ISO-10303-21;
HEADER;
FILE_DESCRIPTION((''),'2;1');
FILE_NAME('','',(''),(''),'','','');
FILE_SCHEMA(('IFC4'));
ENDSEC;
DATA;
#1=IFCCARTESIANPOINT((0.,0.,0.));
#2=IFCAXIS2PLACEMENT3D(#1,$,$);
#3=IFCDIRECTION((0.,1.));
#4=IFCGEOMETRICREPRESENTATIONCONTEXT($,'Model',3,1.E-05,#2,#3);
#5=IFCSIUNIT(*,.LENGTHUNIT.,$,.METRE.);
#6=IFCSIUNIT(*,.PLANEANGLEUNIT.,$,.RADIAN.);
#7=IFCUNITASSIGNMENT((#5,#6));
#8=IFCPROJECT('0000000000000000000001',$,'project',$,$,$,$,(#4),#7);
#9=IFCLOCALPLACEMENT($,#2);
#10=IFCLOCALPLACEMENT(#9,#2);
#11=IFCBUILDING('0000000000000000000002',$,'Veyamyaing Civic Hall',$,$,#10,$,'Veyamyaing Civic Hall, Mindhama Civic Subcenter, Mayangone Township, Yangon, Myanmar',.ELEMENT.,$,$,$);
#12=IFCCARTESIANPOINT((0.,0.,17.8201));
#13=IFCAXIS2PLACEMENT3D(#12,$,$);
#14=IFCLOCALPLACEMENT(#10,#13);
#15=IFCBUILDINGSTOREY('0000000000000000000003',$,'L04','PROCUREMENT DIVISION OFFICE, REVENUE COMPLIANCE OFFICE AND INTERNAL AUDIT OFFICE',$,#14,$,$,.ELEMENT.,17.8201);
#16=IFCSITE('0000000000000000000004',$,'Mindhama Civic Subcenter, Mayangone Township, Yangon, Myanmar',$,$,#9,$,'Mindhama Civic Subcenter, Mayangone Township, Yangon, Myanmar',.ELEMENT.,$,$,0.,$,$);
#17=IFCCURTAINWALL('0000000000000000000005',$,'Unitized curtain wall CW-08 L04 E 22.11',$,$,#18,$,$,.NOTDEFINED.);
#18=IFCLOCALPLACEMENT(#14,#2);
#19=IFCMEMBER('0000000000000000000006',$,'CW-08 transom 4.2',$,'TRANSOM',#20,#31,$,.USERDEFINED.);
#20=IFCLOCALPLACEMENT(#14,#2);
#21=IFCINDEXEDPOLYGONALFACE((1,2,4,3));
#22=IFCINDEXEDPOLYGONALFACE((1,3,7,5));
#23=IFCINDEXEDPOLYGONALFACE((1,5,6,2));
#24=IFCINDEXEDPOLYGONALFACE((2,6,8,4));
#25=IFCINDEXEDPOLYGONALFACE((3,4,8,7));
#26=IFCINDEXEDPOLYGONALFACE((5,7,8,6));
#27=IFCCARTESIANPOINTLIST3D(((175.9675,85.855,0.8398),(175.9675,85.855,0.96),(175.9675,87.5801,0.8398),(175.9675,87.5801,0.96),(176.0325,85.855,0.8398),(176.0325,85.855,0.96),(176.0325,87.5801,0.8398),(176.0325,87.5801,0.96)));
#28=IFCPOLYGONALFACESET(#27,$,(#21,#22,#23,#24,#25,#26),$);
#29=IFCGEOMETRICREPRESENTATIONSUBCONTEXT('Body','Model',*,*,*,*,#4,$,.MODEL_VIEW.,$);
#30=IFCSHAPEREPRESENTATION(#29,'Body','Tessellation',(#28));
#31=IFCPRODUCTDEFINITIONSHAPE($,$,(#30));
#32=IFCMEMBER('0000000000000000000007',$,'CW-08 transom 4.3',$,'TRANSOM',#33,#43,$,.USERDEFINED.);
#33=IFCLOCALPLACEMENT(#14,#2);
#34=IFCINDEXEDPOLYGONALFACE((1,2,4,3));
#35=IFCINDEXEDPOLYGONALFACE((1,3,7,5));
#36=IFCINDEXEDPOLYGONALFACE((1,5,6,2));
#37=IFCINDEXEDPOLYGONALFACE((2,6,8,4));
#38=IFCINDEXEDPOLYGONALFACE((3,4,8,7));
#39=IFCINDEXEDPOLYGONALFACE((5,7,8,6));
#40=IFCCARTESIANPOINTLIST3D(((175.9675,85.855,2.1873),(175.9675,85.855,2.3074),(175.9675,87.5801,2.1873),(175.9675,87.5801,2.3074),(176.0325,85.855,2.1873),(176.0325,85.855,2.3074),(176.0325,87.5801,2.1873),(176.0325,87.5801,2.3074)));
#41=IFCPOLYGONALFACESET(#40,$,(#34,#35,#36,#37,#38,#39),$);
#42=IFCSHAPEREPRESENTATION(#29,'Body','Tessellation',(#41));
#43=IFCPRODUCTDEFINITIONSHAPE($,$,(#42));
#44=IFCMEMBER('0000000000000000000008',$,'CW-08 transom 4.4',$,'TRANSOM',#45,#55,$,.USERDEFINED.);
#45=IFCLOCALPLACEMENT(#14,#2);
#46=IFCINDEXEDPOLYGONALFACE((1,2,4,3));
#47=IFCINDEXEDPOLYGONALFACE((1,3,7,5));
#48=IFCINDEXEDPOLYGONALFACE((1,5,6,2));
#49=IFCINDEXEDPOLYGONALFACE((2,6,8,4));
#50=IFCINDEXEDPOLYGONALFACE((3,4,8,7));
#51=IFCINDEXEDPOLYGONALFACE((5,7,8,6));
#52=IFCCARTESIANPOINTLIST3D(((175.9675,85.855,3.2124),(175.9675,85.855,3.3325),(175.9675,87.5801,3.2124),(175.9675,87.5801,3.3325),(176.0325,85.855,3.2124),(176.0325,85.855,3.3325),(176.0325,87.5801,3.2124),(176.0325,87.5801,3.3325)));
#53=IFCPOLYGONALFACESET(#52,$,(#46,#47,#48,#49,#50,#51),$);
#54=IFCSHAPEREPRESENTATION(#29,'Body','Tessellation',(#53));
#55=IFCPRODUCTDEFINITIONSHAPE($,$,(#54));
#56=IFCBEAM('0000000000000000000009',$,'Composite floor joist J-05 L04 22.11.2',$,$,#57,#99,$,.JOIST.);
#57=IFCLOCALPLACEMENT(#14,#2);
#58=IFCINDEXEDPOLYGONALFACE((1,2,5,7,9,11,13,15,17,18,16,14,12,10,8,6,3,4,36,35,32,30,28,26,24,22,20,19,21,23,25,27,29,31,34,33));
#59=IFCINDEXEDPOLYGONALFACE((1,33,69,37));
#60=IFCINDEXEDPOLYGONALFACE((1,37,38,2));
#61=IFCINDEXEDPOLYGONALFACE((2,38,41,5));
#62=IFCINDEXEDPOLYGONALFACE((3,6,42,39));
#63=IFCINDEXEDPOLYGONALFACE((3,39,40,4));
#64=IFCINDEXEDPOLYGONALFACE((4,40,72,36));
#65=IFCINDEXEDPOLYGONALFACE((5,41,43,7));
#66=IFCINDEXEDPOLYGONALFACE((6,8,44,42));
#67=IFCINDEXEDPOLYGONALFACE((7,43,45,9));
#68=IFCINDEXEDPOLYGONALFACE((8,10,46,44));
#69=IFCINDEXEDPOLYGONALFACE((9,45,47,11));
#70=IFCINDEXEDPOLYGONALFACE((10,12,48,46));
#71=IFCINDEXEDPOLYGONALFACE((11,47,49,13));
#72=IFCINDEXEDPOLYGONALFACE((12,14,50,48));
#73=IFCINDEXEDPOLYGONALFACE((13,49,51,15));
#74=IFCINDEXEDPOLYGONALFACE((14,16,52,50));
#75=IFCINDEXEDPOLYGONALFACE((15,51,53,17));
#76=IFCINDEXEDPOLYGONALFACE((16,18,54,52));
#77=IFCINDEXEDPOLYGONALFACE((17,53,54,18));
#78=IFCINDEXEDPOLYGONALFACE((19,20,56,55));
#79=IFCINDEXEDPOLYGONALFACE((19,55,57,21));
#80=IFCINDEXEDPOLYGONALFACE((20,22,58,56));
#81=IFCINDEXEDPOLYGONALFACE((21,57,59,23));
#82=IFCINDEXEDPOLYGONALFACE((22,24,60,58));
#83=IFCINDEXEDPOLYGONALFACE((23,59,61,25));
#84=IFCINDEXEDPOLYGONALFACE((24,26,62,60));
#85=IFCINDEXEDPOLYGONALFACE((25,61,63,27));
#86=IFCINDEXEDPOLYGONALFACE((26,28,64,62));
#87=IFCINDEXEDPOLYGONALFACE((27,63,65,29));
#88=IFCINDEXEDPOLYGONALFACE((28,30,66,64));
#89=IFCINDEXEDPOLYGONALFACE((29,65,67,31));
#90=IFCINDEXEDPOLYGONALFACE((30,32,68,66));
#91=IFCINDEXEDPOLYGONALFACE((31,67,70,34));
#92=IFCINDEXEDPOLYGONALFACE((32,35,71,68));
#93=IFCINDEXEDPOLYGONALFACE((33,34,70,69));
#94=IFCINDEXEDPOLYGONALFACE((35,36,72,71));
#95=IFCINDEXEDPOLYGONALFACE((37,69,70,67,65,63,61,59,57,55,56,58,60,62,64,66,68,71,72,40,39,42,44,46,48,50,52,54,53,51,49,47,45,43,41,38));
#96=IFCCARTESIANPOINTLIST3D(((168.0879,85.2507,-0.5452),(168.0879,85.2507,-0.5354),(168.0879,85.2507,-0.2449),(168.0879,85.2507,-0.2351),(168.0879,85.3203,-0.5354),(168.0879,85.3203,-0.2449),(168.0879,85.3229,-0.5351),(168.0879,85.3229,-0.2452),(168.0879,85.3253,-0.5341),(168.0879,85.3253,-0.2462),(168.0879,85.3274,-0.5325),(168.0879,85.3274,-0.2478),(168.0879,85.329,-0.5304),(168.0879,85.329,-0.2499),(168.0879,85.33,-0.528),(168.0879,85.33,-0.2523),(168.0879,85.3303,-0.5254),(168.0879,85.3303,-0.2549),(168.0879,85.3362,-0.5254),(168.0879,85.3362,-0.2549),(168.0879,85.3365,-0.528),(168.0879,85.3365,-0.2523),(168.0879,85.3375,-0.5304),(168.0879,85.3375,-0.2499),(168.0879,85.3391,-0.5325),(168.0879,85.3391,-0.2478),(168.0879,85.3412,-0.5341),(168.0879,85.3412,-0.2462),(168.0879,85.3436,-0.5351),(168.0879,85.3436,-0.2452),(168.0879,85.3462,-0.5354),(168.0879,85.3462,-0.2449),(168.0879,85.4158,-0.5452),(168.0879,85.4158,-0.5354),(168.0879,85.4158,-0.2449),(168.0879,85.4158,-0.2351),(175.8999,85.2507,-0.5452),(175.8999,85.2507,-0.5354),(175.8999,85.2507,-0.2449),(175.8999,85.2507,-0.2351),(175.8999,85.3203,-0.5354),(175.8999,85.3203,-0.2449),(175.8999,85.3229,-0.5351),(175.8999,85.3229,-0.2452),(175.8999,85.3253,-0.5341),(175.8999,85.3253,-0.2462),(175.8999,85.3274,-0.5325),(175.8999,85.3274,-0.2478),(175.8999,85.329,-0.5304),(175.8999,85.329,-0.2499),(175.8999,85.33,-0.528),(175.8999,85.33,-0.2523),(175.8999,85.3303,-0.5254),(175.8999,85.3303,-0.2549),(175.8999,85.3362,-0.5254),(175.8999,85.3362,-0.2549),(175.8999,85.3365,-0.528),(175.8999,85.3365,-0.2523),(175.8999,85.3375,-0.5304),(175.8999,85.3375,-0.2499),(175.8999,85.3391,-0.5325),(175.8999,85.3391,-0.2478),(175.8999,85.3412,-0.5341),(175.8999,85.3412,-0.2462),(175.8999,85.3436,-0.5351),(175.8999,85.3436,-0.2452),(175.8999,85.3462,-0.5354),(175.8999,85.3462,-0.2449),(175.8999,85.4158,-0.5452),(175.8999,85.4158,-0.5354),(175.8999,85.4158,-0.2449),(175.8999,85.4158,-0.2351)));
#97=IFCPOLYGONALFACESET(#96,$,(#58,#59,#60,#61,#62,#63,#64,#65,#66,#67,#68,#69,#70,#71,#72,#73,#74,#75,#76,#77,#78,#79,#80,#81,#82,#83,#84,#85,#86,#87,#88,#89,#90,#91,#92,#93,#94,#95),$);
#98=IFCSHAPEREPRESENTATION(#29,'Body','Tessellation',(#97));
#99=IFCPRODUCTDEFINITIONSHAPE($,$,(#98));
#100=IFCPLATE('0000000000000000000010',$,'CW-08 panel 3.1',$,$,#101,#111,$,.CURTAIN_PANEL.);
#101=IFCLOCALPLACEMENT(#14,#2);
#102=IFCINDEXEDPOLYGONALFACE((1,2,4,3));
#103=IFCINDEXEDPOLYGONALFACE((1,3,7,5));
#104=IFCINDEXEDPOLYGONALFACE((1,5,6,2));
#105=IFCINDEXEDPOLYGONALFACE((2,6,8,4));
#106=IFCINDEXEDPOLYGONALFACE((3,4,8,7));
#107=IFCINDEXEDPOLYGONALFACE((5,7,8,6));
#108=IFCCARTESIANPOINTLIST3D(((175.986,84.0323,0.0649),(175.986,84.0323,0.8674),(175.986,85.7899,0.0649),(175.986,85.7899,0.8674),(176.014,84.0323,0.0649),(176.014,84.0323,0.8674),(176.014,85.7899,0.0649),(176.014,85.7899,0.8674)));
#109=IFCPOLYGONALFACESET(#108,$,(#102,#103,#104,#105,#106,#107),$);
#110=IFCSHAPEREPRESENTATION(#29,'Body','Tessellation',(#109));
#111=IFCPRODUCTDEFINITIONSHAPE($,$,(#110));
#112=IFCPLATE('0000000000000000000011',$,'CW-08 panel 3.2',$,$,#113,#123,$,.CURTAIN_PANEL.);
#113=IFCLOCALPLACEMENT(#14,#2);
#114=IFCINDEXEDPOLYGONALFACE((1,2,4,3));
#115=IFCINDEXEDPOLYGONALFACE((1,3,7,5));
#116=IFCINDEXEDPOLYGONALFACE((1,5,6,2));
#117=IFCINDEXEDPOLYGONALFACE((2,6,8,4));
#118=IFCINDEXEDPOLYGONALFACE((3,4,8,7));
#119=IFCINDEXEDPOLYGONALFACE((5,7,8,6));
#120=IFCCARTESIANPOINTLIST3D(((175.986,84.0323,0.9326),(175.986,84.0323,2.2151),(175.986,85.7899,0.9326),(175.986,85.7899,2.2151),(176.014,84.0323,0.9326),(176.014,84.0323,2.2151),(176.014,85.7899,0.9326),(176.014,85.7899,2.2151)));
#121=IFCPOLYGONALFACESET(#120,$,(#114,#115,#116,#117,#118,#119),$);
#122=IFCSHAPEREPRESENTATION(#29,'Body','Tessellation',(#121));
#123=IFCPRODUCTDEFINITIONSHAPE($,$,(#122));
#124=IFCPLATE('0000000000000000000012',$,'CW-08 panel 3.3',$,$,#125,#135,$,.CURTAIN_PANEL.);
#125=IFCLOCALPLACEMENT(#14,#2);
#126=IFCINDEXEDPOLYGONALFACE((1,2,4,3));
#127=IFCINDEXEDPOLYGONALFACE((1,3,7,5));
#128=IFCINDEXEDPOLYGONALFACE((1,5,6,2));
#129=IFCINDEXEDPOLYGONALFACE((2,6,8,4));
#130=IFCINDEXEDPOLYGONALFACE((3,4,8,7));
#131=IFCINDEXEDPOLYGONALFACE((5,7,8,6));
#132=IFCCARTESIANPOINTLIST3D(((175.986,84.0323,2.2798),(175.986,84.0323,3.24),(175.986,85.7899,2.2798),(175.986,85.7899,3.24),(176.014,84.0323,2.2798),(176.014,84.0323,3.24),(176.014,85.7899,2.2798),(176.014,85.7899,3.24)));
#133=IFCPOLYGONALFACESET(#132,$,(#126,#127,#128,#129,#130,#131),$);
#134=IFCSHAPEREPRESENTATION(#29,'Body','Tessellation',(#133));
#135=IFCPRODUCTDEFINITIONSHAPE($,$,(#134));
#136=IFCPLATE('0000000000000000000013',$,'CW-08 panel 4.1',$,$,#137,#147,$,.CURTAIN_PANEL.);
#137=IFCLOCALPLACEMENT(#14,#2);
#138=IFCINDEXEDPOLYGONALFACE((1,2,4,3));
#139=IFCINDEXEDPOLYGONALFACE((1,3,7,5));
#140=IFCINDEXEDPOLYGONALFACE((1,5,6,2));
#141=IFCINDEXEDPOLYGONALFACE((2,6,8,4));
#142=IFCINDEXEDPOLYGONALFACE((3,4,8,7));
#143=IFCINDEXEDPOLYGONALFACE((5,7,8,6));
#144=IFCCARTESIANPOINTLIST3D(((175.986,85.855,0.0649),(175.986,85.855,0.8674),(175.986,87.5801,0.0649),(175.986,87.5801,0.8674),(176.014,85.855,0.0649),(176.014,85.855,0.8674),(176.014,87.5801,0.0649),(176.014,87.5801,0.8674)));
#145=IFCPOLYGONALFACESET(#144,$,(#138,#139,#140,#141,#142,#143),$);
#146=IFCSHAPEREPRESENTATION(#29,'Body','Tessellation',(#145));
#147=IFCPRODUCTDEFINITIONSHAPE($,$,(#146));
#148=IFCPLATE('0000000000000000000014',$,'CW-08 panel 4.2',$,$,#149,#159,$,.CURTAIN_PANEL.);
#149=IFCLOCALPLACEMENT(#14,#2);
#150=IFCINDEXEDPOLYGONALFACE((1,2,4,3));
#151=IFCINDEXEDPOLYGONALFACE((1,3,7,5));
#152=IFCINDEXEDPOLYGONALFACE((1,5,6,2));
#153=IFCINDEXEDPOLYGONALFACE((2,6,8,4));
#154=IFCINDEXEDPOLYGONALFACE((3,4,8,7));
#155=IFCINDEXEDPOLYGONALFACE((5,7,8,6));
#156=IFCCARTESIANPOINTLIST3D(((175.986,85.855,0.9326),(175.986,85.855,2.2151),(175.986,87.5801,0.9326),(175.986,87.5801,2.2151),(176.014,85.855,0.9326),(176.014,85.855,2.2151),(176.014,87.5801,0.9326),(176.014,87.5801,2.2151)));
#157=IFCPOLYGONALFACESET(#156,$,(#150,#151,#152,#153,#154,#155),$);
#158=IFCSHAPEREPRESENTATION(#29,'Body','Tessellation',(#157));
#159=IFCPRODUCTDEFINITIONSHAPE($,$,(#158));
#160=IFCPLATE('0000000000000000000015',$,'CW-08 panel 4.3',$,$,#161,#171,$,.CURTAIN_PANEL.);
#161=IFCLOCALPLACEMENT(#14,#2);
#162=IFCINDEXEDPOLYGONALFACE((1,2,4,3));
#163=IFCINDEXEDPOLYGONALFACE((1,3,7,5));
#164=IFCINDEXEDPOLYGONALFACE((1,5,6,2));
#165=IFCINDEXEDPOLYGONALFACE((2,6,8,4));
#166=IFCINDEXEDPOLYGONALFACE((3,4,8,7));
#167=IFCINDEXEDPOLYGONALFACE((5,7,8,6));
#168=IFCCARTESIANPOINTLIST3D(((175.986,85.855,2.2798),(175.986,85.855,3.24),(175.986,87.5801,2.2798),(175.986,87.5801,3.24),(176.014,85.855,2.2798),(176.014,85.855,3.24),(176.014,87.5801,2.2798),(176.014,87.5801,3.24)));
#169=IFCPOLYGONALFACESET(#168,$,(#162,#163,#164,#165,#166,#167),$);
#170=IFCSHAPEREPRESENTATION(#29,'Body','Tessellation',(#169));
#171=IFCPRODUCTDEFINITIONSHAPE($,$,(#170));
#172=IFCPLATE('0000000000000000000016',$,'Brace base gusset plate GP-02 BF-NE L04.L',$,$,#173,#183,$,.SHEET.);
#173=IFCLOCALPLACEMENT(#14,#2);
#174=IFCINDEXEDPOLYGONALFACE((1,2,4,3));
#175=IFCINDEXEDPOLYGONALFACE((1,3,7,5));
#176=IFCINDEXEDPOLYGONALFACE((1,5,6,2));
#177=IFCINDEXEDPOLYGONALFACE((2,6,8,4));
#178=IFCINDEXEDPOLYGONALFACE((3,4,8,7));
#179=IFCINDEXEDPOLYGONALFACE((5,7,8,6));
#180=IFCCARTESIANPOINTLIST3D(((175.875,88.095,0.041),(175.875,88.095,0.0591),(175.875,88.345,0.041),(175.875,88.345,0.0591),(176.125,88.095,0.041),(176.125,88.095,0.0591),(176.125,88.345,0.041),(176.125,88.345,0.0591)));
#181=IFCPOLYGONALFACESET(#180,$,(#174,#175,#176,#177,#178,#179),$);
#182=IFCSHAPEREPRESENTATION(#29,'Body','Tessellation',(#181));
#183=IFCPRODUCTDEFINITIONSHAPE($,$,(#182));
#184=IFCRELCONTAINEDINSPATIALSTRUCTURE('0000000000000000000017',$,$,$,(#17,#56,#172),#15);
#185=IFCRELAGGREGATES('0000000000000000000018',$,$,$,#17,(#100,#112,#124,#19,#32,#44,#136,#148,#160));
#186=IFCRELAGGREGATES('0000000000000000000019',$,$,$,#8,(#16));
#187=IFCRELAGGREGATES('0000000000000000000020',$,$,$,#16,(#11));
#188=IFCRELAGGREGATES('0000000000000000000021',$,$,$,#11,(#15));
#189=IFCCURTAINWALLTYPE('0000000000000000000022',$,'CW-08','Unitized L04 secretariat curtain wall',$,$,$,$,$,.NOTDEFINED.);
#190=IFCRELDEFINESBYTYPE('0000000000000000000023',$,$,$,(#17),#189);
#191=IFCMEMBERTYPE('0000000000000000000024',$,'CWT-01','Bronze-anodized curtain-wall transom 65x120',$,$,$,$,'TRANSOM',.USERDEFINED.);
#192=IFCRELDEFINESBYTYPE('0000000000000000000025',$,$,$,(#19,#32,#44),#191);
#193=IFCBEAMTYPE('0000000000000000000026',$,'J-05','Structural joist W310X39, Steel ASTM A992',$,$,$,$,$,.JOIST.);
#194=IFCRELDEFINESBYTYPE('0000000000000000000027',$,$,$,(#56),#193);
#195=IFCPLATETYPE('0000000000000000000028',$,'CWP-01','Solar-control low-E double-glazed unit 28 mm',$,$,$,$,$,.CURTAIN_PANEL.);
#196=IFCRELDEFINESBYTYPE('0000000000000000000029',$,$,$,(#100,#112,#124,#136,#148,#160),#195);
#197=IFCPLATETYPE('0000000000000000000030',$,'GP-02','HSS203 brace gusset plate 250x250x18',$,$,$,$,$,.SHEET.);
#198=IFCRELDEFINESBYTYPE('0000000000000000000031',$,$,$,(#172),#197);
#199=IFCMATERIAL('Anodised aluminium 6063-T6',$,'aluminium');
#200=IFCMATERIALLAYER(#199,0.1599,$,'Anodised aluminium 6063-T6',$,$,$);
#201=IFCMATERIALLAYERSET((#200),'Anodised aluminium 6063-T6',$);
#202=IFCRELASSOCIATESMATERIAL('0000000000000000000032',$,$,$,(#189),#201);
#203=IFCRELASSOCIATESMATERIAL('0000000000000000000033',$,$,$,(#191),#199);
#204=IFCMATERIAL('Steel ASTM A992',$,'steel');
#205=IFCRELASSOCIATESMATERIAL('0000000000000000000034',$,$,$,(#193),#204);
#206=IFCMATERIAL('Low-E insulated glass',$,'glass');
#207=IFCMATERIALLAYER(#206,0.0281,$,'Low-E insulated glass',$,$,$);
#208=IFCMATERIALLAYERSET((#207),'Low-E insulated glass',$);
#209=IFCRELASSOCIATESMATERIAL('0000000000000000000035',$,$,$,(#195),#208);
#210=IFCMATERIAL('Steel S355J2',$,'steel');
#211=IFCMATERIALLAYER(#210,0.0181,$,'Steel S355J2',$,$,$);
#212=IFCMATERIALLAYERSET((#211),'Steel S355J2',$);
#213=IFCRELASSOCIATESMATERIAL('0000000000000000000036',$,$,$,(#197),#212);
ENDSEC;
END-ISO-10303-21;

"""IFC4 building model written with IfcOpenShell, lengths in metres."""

from ifc_helpers import new_model, si_unit, direction, frame, origin, origin_2d, place, context, subcontext, project, spatial, rectangle, i_section, extrude, material, layer, layer_set, material_profile, profile_set, type_object, element, aggregate, save


model = new_model("IFC4")

# Units and contexts
model_context = context("Model", 3, precision=1e-05, world=origin(), true_north=direction((0.0, 1.0)))
body_context = subcontext(model_context, "Body", "Model", "MODEL_VIEW")
ifc_project = project(units=[si_unit("LENGTHUNIT", "METRE"), si_unit("PLANEANGLEUNIT", "RADIAN")], contexts=[model_context])

# Site, building, storey
site_placement = place(None, origin())
site = spatial("IfcSite", under=ifc_project, at=site_placement, Name="Mindhama Civic Subcenter, Mayangone Township, Yangon, Myanmar", LongName="Mindhama Civic Subcenter, Mayangone Township, Yangon, Myanmar", CompositionType="ELEMENT", RefElevation=0.0)
building_placement = place(site_placement, origin())
building = spatial("IfcBuilding", under=site, at=building_placement, Name="Veyamyaing Civic Hall", LongName="Veyamyaing Civic Hall, Mindhama Civic Subcenter, Mayangone Township, Yangon, Myanmar", CompositionType="ELEMENT")
storey_placement = place(building_placement, frame((0.0, 0.0, 17.8201)))
storey = spatial("IfcBuildingStorey", under=building, at=storey_placement, Name="L04", Description="PROCUREMENT DIVISION OFFICE, REVENUE COMPLIANCE OFFICE AND INTERNAL AUDIT OFFICE", CompositionType="ELEMENT", Elevation=17.8201)

# Shared definitions
ifc_material_1 = material(Name="Steel ASTM A992", Category="steel")

# Shared definitions
ifc_material_2 = material(Name="Steel S355J2", Category="steel")

# Curtain wall, members
ifc_material_3 = material(Name="Anodised aluminium 6063-T6", Category="aluminium")
ifc_layer_1 = layer(ifc_material_3, 0.1599, Name="Anodised aluminium 6063-T6")
ifc_layer_set_1 = layer_set([ifc_layer_1], Name="Anodised aluminium 6063-T6")
curtain_wall_type = type_object("IfcCurtainWallType", Name="CW-08", Description="Unitized L04 secretariat curtain wall", PredefinedType="NOTDEFINED", material=ifc_layer_set_1)
curtain_wall_placement = place(storey_placement, origin())
curtain_wall = element("IfcCurtainWall", 1, at=curtain_wall_placement, inside=storey, type_object=curtain_wall_type, Name="Unitized curtain wall CW-08 L04 E 22.11", PredefinedType="NOTDEFINED")
ifc_material_profile_1 = material_profile(ifc_material_3, rectangle(XDim=0.0649, YDim=0.1201, at=origin_2d()), Name="ALU-TRN-65X120")
ifc_profile_set_1 = profile_set([ifc_material_profile_1], Name="Anodised aluminium 6063-T6")
member_type_1 = type_object("IfcMemberType", Name="CWT-01", Description="Bronze-anodized curtain-wall transom 65x120", ElementType="TRANSOM", PredefinedType="USERDEFINED", material=ifc_profile_set_1)
member_1_placement = place(storey_placement, frame((176.0, 85.855, 0.8999), z_axis=(0.0, 1.0, 0.0), x_axis=(-1.0, 0.0, 0.0)))
member_1 = element("IfcMember", 2, at=member_1_placement, type_object=member_type_1, Name="CW-08 transom 4.2", ObjectType="TRANSOM", PredefinedType="USERDEFINED", context=body_context, shape_type="SweptSolid", body=[
    extrude(rectangle(XDim=0.0649, YDim=0.1201, at=origin_2d()), origin(), (0.0, 0.0, 1.0), 1.7251),
])
member_2_placement = place(storey_placement, frame((176.0, 85.855, 2.2473), z_axis=(0.0, 1.0, 0.0), x_axis=(-1.0, 0.0, 0.0)))
member_2 = element("IfcMember", 3, at=member_2_placement, type_object=member_type_1, Name="CW-08 transom 4.3", ObjectType="TRANSOM", PredefinedType="USERDEFINED", context=body_context, shape_type="SweptSolid", body=[
    extrude(rectangle(XDim=0.0649, YDim=0.1201, at=origin_2d()), origin(), (0.0, 0.0, 1.0), 1.7251),
])
member_3_placement = place(storey_placement, frame((176.0, 85.855, 3.2725), z_axis=(0.0, 1.0, 0.0), x_axis=(-1.0, 0.0, 0.0)))
member_3 = element("IfcMember", 4, at=member_3_placement, type_object=member_type_1, Name="CW-08 transom 4.4", ObjectType="TRANSOM", PredefinedType="USERDEFINED", context=body_context, shape_type="SweptSolid", body=[
    extrude(rectangle(XDim=0.0649, YDim=0.1201, at=origin_2d()), origin(), (0.0, 0.0, 1.0), 1.7251),
])

# Beam
ifc_material_profile_2 = material_profile(ifc_material_1, i_section(OverallWidth=0.165, OverallDepth=0.3101, WebThickness=0.0059, FlangeThickness=0.0098, FilletRadius=0.01, at=origin_2d()), Name="W310X39")
ifc_profile_set_2 = profile_set([ifc_material_profile_2], Name="Steel ASTM A992")
beam_type_1 = type_object("IfcBeamType", Name="J-05", Description="Structural joist W310X39, Steel ASTM A992", PredefinedType="JOIST", material=ifc_profile_set_2)
beam_1_placement = place(storey_placement, frame((168.0879, 85.3333, -0.3901), z_axis=(1.0, 0.0, 0.0), x_axis=(0.0, 1.0, 0.0)))
element("IfcBeam", 5, at=beam_1_placement, inside=storey, type_object=beam_type_1, Name="Composite floor joist J-05 L04 22.11.2", PredefinedType="JOIST", context=body_context, shape_type="SweptSolid", body=[
    extrude(i_section(OverallWidth=0.165, OverallDepth=0.3101, WebThickness=0.0059, FlangeThickness=0.0098, FilletRadius=0.01, at=origin_2d()), origin(), (0.0, 0.0, 1.0), 7.812),
])

# Plates
ifc_material_4 = material(Name="Low-E insulated glass", Category="glass")
ifc_layer_2 = layer(ifc_material_4, 0.0281, Name="Low-E insulated glass")
ifc_layer_set_2 = layer_set([ifc_layer_2], Name="Low-E insulated glass")
plate_type_1 = type_object("IfcPlateType", Name="CWP-01", Description="Solar-control low-E double-glazed unit 28 mm", PredefinedType="CURTAIN_PANEL", material=ifc_layer_set_2)
plate_1_placement = place(storey_placement, frame((176.0, 84.9111, 0.0649), z_axis=(0.0, 0.0, 1.0), x_axis=(0.0, 1.0, 0.0)))
plate_1 = element("IfcPlate", 6, at=plate_1_placement, type_object=plate_type_1, Name="CW-08 panel 3.1", PredefinedType="CURTAIN_PANEL", context=body_context, shape_type="SweptSolid", body=[
    extrude(rectangle(XDim=1.7576, YDim=0.0281, at=origin_2d()), origin(), (0.0, 0.0, 1.0), 0.8025),
])
plate_2_placement = place(storey_placement, frame((176.0, 84.9111, 0.9326), z_axis=(0.0, 0.0, 1.0), x_axis=(0.0, 1.0, 0.0)))
plate_2 = element("IfcPlate", 7, at=plate_2_placement, type_object=plate_type_1, Name="CW-08 panel 3.2", PredefinedType="CURTAIN_PANEL", context=body_context, shape_type="SweptSolid", body=[
    extrude(rectangle(XDim=1.7576, YDim=0.0281, at=origin_2d()), origin(), (0.0, 0.0, 1.0), 1.2825),
])
plate_3_placement = place(storey_placement, frame((176.0, 84.9111, 2.2798), z_axis=(0.0, 0.0, 1.0), x_axis=(0.0, 1.0, 0.0)))
plate_3 = element("IfcPlate", 8, at=plate_3_placement, type_object=plate_type_1, Name="CW-08 panel 3.3", PredefinedType="CURTAIN_PANEL", context=body_context, shape_type="SweptSolid", body=[
    extrude(rectangle(XDim=1.7576, YDim=0.0281, at=origin_2d()), origin(), (0.0, 0.0, 1.0), 0.9602),
])
plate_4_placement = place(storey_placement, frame((176.0, 86.7175, 0.0649), z_axis=(0.0, 0.0, 1.0), x_axis=(0.0, 1.0, 0.0)))
plate_4 = element("IfcPlate", 9, at=plate_4_placement, type_object=plate_type_1, Name="CW-08 panel 4.1", PredefinedType="CURTAIN_PANEL", context=body_context, shape_type="SweptSolid", body=[
    extrude(rectangle(XDim=1.7251, YDim=0.0281, at=origin_2d()), origin(), (0.0, 0.0, 1.0), 0.8025),
])
plate_5_placement = place(storey_placement, frame((176.0, 86.7175, 0.9326), z_axis=(0.0, 0.0, 1.0), x_axis=(0.0, 1.0, 0.0)))
plate_5 = element("IfcPlate", 10, at=plate_5_placement, type_object=plate_type_1, Name="CW-08 panel 4.2", PredefinedType="CURTAIN_PANEL", context=body_context, shape_type="SweptSolid", body=[
    extrude(rectangle(XDim=1.7251, YDim=0.0281, at=origin_2d()), origin(), (0.0, 0.0, 1.0), 1.2825),
])
plate_6_placement = place(storey_placement, frame((176.0, 86.7175, 2.2798), z_axis=(0.0, 0.0, 1.0), x_axis=(0.0, 1.0, 0.0)))
plate_6 = element("IfcPlate", 11, at=plate_6_placement, type_object=plate_type_1, Name="CW-08 panel 4.3", PredefinedType="CURTAIN_PANEL", context=body_context, shape_type="SweptSolid", body=[
    extrude(rectangle(XDim=1.7251, YDim=0.0281, at=origin_2d()), origin(), (0.0, 0.0, 1.0), 0.9602),
])
aggregate(curtain_wall, [plate_1, plate_2, plate_3, member_1, member_2, member_3, plate_4, plate_5, plate_6])
ifc_layer_3 = layer(ifc_material_2, 0.0181, Name="Steel S355J2")
ifc_layer_set_3 = layer_set([ifc_layer_3], Name="Steel S355J2")
plate_type_2 = type_object("IfcPlateType", Name="GP-02", Description="HSS203 brace gusset plate 250x250x18", PredefinedType="SHEET", material=ifc_layer_set_3)
plate_7_placement = place(storey_placement, frame((176.0, 88.22, 0.041), z_axis=(0.0, 0.0, 1.0), x_axis=(1.0, 0.0, 0.0)))
element("IfcPlate", 12, at=plate_7_placement, inside=storey, type_object=plate_type_2, Name="Brace base gusset plate GP-02 BF-NE L04.L", PredefinedType="SHEET", context=body_context, shape_type="SweptSolid", body=[
    extrude(rectangle(XDim=0.25, YDim=0.25, at=origin_2d()), origin(), (0.0, 0.0, 1.0), 0.0181),
])

save(model, "model.ifc")
